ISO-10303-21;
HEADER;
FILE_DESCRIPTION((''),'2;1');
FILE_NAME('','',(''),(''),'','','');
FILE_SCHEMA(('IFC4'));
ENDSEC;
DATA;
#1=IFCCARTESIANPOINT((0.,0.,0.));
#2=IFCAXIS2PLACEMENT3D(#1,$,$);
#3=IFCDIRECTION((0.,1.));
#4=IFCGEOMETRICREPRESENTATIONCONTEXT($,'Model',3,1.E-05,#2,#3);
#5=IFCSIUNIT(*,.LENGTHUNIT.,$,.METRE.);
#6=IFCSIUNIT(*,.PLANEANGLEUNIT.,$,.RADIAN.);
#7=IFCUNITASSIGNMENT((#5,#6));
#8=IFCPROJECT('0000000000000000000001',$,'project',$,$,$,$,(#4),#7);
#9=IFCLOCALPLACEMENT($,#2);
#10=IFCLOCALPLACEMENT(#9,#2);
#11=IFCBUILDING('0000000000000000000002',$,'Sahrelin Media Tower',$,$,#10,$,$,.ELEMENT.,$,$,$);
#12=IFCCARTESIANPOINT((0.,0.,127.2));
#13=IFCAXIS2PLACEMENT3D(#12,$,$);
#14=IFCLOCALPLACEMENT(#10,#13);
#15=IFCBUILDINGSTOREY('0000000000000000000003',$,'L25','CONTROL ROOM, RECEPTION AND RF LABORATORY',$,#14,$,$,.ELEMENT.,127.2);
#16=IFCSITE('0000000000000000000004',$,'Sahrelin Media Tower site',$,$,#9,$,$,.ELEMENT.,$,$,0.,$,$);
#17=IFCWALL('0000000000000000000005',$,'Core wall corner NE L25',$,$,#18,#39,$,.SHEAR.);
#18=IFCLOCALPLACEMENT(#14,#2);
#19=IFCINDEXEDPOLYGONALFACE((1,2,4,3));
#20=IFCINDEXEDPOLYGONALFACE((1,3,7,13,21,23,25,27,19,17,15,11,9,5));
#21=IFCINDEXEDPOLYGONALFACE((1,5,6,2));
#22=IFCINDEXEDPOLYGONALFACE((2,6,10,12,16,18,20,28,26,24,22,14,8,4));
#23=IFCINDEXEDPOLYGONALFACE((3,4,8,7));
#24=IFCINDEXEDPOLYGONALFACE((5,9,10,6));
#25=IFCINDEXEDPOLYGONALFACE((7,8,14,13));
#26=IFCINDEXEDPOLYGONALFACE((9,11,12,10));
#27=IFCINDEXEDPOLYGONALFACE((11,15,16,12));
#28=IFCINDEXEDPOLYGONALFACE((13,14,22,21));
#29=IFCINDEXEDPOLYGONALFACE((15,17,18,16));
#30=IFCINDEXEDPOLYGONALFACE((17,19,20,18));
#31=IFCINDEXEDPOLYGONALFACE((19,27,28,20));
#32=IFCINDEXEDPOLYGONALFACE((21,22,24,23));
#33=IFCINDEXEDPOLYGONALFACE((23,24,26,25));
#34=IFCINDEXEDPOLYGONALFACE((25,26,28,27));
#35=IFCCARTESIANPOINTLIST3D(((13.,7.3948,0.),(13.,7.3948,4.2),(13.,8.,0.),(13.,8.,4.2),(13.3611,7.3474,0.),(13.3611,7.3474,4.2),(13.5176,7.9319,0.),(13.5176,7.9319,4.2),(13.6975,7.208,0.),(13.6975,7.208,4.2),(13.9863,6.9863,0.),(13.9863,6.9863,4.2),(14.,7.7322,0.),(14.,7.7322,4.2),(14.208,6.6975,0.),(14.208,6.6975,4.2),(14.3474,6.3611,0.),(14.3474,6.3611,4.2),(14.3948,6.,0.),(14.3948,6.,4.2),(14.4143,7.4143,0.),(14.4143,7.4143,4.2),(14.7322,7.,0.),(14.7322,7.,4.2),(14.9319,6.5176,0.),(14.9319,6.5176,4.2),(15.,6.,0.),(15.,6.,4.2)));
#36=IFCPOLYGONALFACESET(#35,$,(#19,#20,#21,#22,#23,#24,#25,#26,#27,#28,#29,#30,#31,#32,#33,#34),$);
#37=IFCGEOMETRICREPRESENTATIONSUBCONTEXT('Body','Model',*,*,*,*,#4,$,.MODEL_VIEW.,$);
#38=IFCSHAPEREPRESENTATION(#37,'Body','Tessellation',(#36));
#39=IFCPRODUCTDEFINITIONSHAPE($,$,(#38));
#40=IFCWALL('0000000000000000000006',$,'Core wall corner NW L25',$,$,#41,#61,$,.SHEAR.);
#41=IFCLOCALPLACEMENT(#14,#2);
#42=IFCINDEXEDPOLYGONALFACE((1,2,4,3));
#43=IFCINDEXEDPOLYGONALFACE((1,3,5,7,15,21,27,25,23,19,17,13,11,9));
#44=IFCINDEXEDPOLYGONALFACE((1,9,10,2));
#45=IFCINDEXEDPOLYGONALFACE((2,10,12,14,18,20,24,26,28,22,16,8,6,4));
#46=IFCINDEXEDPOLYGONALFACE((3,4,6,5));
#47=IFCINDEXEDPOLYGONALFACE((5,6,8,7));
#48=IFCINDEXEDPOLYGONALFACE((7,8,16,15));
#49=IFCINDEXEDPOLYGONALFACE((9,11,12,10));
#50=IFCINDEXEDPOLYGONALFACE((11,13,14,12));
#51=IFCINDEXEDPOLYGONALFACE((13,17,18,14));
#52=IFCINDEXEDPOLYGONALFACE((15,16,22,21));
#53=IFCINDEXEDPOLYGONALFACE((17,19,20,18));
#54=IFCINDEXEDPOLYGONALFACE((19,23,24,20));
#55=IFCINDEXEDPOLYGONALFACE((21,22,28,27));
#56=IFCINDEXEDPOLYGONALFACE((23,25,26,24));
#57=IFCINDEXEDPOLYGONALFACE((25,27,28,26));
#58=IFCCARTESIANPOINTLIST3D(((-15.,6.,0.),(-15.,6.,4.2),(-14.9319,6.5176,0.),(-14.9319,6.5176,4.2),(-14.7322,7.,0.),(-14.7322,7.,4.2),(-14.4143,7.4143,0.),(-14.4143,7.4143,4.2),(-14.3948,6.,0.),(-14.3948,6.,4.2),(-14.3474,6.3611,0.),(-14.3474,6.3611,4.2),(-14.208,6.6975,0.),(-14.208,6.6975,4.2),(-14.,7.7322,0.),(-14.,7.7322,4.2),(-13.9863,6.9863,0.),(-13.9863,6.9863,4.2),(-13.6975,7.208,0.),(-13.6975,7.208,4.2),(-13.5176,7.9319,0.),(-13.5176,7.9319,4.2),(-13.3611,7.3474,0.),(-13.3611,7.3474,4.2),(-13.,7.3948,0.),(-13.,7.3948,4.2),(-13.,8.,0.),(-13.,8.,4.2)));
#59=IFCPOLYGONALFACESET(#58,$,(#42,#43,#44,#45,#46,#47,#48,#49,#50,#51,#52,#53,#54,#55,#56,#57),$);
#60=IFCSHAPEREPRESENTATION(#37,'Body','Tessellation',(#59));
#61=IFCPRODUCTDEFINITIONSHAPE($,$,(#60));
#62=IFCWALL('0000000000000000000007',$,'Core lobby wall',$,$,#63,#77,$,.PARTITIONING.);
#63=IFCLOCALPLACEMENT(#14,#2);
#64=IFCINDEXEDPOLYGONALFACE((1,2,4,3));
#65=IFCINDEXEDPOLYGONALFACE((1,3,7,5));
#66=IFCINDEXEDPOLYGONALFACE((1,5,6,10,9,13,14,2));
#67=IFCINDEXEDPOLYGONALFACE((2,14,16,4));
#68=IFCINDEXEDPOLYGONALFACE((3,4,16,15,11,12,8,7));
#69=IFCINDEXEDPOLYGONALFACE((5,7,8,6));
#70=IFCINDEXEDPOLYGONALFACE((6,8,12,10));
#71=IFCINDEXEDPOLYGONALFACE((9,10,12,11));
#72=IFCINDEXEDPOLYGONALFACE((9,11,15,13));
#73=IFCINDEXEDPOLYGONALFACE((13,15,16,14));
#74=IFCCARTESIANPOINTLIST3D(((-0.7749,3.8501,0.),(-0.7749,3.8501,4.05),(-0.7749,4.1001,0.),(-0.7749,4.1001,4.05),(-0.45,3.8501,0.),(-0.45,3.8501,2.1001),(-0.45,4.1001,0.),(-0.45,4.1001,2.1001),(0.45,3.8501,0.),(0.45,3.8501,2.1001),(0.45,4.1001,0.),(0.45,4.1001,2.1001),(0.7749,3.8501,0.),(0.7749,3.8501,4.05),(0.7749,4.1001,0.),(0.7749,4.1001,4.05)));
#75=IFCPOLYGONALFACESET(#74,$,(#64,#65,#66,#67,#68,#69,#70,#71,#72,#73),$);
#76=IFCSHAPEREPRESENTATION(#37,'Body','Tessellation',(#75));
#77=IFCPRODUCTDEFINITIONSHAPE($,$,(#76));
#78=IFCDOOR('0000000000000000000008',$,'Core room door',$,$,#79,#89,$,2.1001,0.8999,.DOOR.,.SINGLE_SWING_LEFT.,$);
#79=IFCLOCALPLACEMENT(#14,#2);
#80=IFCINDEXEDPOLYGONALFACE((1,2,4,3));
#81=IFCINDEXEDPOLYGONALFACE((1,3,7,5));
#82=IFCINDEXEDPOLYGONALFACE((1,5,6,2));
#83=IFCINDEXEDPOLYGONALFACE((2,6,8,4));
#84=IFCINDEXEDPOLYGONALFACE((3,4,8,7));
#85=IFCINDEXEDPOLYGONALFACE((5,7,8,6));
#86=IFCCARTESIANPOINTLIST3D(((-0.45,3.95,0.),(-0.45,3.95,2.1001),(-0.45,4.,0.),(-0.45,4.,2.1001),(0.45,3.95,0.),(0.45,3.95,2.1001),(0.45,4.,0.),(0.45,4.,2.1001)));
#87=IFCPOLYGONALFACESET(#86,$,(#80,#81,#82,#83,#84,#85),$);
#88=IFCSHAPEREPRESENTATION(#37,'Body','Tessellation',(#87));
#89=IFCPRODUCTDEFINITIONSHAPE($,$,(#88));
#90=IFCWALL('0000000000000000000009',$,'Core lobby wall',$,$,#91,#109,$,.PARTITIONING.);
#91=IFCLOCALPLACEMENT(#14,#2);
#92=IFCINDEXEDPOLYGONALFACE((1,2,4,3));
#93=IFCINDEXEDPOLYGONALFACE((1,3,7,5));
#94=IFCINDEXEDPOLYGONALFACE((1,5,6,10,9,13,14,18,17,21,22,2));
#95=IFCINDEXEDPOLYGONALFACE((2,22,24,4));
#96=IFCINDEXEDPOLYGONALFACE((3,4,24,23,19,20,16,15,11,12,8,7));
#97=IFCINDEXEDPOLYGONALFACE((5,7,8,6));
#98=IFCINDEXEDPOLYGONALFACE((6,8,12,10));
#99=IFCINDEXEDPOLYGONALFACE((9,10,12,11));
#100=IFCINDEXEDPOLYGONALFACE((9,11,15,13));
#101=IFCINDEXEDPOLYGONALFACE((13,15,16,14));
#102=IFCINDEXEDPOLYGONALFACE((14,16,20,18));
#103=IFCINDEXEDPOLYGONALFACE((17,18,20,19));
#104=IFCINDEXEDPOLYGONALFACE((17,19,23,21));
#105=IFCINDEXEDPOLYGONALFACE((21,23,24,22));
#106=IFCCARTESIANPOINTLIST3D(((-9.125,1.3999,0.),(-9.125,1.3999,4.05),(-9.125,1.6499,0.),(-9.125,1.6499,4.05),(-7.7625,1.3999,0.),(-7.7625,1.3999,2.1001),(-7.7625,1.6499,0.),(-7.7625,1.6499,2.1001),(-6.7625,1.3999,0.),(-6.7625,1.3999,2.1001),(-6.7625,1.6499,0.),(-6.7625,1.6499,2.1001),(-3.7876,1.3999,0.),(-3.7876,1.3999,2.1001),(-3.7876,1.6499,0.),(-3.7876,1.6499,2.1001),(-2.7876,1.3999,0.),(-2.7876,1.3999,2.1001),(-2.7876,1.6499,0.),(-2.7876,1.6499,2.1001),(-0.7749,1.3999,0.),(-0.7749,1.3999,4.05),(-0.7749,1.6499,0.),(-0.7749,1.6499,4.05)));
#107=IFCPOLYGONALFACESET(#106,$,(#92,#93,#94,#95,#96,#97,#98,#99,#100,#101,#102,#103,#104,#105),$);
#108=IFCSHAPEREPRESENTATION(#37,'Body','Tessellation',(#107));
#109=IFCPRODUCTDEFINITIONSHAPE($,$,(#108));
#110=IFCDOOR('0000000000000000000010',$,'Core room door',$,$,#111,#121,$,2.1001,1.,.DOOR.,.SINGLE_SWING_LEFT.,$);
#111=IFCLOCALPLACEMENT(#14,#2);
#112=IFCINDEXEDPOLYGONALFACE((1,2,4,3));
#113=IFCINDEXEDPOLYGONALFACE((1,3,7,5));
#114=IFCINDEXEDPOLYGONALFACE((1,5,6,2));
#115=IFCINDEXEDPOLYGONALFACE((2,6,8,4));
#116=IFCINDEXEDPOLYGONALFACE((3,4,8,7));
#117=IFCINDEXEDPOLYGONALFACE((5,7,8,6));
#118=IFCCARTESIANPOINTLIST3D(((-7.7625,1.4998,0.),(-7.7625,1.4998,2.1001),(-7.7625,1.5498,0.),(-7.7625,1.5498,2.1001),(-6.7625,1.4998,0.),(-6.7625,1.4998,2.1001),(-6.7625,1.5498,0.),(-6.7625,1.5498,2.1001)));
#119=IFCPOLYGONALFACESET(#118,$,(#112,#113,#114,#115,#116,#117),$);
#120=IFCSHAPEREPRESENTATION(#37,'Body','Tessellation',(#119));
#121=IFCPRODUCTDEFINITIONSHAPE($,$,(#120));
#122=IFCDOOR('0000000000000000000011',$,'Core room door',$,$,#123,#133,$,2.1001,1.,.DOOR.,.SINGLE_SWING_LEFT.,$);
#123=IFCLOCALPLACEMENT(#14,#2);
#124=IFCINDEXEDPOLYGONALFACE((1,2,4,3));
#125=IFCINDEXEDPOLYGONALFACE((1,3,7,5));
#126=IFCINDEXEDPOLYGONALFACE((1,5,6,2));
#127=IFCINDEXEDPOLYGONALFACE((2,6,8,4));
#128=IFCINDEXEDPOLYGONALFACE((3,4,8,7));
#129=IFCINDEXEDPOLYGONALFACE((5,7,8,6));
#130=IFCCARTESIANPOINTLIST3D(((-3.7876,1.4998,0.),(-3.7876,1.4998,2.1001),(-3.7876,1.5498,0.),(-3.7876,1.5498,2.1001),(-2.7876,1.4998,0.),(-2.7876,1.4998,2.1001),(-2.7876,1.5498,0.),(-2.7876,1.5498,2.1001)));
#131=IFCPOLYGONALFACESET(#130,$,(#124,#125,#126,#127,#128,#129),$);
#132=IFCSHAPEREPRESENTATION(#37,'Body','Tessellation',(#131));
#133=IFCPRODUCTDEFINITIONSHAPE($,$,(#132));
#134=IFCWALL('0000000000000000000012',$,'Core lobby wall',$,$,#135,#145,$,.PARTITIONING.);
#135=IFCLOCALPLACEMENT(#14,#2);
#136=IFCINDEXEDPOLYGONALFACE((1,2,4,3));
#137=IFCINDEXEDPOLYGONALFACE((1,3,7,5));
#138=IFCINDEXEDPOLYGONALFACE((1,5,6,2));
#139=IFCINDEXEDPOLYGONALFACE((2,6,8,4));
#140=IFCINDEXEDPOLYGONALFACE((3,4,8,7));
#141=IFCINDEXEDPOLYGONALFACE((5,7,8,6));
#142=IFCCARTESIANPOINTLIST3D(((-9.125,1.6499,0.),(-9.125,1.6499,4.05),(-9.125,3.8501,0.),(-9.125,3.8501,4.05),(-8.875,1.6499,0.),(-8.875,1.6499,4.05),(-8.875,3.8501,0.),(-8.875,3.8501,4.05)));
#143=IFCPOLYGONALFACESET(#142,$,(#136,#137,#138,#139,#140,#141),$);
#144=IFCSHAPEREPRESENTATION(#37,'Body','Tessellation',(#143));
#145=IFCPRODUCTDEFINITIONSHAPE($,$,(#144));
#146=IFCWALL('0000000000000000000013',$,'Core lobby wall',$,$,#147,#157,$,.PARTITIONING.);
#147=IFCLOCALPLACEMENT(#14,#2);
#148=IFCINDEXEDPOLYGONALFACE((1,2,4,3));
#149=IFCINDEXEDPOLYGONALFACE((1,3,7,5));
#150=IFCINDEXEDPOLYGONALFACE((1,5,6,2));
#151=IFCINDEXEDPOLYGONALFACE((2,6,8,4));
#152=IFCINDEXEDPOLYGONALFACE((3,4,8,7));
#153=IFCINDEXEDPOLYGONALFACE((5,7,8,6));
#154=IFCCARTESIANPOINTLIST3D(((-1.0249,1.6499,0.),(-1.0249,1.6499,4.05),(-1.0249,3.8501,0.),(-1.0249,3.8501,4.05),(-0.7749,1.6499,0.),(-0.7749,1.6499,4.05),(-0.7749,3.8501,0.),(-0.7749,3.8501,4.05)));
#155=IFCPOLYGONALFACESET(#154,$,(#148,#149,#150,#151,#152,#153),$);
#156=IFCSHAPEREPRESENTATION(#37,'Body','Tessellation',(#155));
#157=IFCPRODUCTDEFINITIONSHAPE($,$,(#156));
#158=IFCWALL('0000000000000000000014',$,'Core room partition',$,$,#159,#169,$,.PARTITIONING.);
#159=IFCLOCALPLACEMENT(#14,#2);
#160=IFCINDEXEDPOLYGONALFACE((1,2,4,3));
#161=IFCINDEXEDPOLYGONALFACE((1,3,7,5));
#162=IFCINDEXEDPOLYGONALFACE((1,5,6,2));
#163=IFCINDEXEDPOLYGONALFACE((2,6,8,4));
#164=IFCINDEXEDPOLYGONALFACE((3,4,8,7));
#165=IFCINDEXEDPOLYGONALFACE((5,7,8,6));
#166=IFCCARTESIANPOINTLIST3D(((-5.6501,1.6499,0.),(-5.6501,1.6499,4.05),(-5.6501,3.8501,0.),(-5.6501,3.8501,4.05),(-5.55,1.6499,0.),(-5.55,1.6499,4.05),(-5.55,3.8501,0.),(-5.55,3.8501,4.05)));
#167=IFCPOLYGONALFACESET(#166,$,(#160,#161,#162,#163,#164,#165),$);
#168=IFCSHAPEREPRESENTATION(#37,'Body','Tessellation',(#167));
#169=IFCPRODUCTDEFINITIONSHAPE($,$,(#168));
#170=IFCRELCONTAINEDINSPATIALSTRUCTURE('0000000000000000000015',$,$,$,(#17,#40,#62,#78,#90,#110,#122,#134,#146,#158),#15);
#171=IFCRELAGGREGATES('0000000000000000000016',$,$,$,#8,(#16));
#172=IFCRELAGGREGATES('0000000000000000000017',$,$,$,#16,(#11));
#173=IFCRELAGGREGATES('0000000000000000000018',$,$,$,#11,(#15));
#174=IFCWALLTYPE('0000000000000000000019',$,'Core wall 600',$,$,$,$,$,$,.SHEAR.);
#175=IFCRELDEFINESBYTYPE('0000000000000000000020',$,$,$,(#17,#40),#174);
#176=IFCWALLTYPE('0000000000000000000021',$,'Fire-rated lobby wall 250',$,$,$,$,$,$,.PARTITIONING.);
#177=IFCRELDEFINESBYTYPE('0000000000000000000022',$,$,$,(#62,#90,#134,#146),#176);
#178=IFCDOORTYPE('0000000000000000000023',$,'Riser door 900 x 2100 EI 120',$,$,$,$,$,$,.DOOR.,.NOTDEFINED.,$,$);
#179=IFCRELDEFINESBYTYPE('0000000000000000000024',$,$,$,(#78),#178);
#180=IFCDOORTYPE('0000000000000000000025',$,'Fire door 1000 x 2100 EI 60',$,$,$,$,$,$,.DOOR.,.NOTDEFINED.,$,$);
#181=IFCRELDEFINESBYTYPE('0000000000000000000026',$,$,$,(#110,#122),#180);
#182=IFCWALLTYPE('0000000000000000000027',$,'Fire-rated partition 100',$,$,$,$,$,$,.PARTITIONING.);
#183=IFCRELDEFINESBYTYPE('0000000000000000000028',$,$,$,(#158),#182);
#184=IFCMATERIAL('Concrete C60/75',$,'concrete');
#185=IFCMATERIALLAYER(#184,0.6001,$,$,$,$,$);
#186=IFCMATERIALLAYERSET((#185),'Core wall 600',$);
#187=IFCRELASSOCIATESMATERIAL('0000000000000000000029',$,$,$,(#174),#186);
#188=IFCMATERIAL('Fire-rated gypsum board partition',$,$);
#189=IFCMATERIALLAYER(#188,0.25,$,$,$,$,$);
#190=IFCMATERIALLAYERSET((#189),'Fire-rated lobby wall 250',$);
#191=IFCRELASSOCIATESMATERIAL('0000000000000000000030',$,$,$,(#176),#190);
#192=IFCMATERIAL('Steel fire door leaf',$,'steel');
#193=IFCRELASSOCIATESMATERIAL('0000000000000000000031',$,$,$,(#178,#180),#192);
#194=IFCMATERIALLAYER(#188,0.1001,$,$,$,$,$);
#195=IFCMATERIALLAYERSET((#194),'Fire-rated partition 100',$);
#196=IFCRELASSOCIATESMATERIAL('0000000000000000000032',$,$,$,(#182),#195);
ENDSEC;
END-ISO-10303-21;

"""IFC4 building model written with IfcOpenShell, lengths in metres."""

from ifc_helpers import new_model, si_unit, direction, frame, frame_2d, origin, place, context, subcontext, project, spatial, polyline, rectangle, outline, extrude, material, layer, layer_set, type_object, element, fill, save


model = new_model("IFC4")

# Units and contexts
model_context = context("Model", 3, precision=1e-05, world=origin(), true_north=direction((0.0, 1.0)))
body_context = subcontext(model_context, "Body", "Model", "MODEL_VIEW")
ifc_project = project(units=[si_unit("LENGTHUNIT", "METRE"), si_unit("PLANEANGLEUNIT", "RADIAN")], contexts=[model_context])

# Site, building, storey
site_placement = place(None, origin())
site = spatial("IfcSite", under=ifc_project, at=site_placement, Name="Sahrelin Media Tower site", CompositionType="ELEMENT", RefElevation=0.0)
building_placement = place(site_placement, origin())
building = spatial("IfcBuilding", under=site, at=building_placement, Name="Sahrelin Media Tower", CompositionType="ELEMENT")
storey_placement = place(building_placement, frame((0.0, 0.0, 127.2)))
storey = spatial("IfcBuildingStorey", under=building, at=storey_placement, Name="L25", Description="CONTROL ROOM, RECEPTION AND RF LABORATORY", CompositionType="ELEMENT", Elevation=127.2)

# Walls
ifc_material_1 = material(Name="Concrete C60/75", Category="concrete")
ifc_layer_1 = layer(ifc_material_1, 0.6001)
ifc_layer_set_1 = layer_set([ifc_layer_1], Name="Core wall 600")
wall_type_1 = type_object("IfcWallType", Name="Core wall 600", PredefinedType="SHEAR", material=ifc_layer_set_1)
placement = place(storey_placement, origin())
element("IfcWall", 1, at=placement, inside=storey, type_object=wall_type_1, Name="Core wall corner NE L25", PredefinedType="SHEAR", context=body_context, shape_type="SweptSolid", body=[
    extrude(outline(polyline([(13.0, 8.0), (13.0, 7.3948), (13.3611, 7.3474), (13.6975, 7.208), (13.9863, 6.9863), (14.208, 6.6975), (14.3474, 6.3611), (14.3948, 6.0), (15.0, 6.0), (14.9319, 6.5176), (14.7322, 7.0), (14.4143, 7.4143), (14.0, 7.7322), (13.5176, 7.9319), (13.0, 8.0)])), origin(), (0.0, 0.0, 1.0), 4.2),
])
element("IfcWall", 2, at=placement, inside=storey, type_object=wall_type_1, Name="Core wall corner NW L25", PredefinedType="SHEAR", context=body_context, shape_type="SweptSolid", body=[
    extrude(outline(polyline([(-15.0, 6.0), (-14.3948, 6.0), (-14.3474, 6.3611), (-14.208, 6.6975), (-13.9863, 6.9863), (-13.6975, 7.208), (-13.3611, 7.3474), (-13.0, 7.3948), (-13.0, 8.0), (-13.5176, 7.9319), (-14.0, 7.7322), (-14.4143, 7.4143), (-14.7322, 7.0), (-14.9319, 6.5176), (-15.0, 6.0)])), origin(), (0.0, 0.0, 1.0), 4.2),
])

# Wall, opening, door
ifc_material_2 = material(Name="Fire-rated gypsum board partition")
ifc_layer_2 = layer(ifc_material_2, 0.25)
ifc_layer_set_2 = layer_set([ifc_layer_2], Name="Fire-rated lobby wall 250")
wall_type_2 = type_object("IfcWallType", Name="Fire-rated lobby wall 250", PredefinedType="PARTITIONING", material=ifc_layer_set_2)
wall_1_placement = place(storey_placement, frame((-0.7749, 3.9751, 0.0), z_axis=(0.0, 0.0, 1.0), x_axis=(1.0, 0.0, 0.0)))
wall_1 = element("IfcWall", 3, at=wall_1_placement, inside=storey, type_object=wall_type_2, Name="Core lobby wall", PredefinedType="PARTITIONING", context=body_context, shape_type="SweptSolid", body=[
    extrude(rectangle(XDim=1.5498, YDim=0.25, at=frame_2d((0.7749, 0.0))), origin(), (0.0, 0.0, 1.0), 4.05),
])
opening_1_placement = place(wall_1_placement, frame((0.325, 0.0, 0.0)))
opening_1 = element("IfcOpeningElement", 4, at=opening_1_placement, cuts=wall_1, PredefinedType="OPENING", context=body_context, shape_type="SweptSolid", body=[
    extrude(rectangle(XDim=0.8999, YDim=2.1001, at=frame_2d((0.45, 1.05))), frame((0.0, 0.125, 0.0), z_axis=(0.0, -1.0, 0.0), x_axis=(1.0, 0.0, 0.0)), (0.0, 0.0, 1.0), 0.25),
])
ifc_material_3 = material(Name="Steel fire door leaf", Category="steel")
door_type_1 = type_object("IfcDoorType", Name="Riser door 900 x 2100 EI 120", OperationType="NOTDEFINED", PredefinedType="DOOR", material=ifc_material_3)
door_1_placement = place(opening_1_placement, origin())
door_1 = element("IfcDoor", 5, at=door_1_placement, inside=storey, type_object=door_type_1, Name="Core room door", OperationType="SINGLE_SWING_LEFT", OverallHeight=2.1001, OverallWidth=0.8999, PredefinedType="DOOR", context=body_context, shape_type="SweptSolid", body=[
    extrude(rectangle(XDim=0.8999, YDim=2.1001, at=frame_2d((0.45, 1.05))), frame((0.0, 0.0249, 0.0), z_axis=(0.0, -1.0, 0.0), x_axis=(1.0, 0.0, 0.0)), (0.0, 0.0, 1.0), 0.05),
])
fill(opening_1, door_1)

# Wall, openings, doors
wall_2_placement = place(storey_placement, frame((-9.125, 1.5249, 0.0), z_axis=(0.0, 0.0, 1.0), x_axis=(1.0, 0.0, 0.0)))
wall_2 = element("IfcWall", 6, at=wall_2_placement, inside=storey, type_object=wall_type_2, Name="Core lobby wall", PredefinedType="PARTITIONING", context=body_context, shape_type="SweptSolid", body=[
    extrude(rectangle(XDim=8.3501, YDim=0.25, at=frame_2d((4.175, 0.0))), origin(), (0.0, 0.0, 1.0), 4.05),
])
opening_2_placement = place(wall_2_placement, frame((1.3625, 0.0, 0.0)))
opening_2 = element("IfcOpeningElement", 7, at=opening_2_placement, cuts=wall_2, PredefinedType="OPENING", context=body_context, shape_type="SweptSolid", body=[
    extrude(rectangle(XDim=1.0, YDim=2.1001, at=frame_2d((0.5, 1.05))), frame((0.0, 0.125, 0.0), z_axis=(0.0, -1.0, 0.0), x_axis=(1.0, 0.0, 0.0)), (0.0, 0.0, 1.0), 0.25),
])
opening_3_placement = place(wall_2_placement, frame((5.3374, 0.0, 0.0)))
opening_3 = element("IfcOpeningElement", 8, at=opening_3_placement, cuts=wall_2, PredefinedType="OPENING", context=body_context, shape_type="SweptSolid", body=[
    extrude(rectangle(XDim=1.0, YDim=2.1001, at=frame_2d((0.5, 1.05))), frame((0.0, 0.125, 0.0), z_axis=(0.0, -1.0, 0.0), x_axis=(1.0, 0.0, 0.0)), (0.0, 0.0, 1.0), 0.25),
])
door_type_2 = type_object("IfcDoorType", Name="Fire door 1000 x 2100 EI 60", OperationType="NOTDEFINED", PredefinedType="DOOR", material=ifc_material_3)
door_2_placement = place(opening_2_placement, origin())
door_2 = element("IfcDoor", 9, at=door_2_placement, inside=storey, type_object=door_type_2, Name="Core room door", OperationType="SINGLE_SWING_LEFT", OverallHeight=2.1001, OverallWidth=1.0, PredefinedType="DOOR", context=body_context, shape_type="SweptSolid", body=[
    extrude(rectangle(XDim=1.0, YDim=2.1001, at=frame_2d((0.5, 1.05))), frame((0.0, 0.0249, 0.0), z_axis=(0.0, -1.0, 0.0), x_axis=(1.0, 0.0, 0.0)), (0.0, 0.0, 1.0), 0.05),
])
fill(opening_2, door_2)
door_3_placement = place(opening_3_placement, origin())
door_3 = element("IfcDoor", 10, at=door_3_placement, inside=storey, type_object=door_type_2, Name="Core room door", OperationType="SINGLE_SWING_LEFT", OverallHeight=2.1001, OverallWidth=1.0, PredefinedType="DOOR", context=body_context, shape_type="SweptSolid", body=[
    extrude(rectangle(XDim=1.0, YDim=2.1001, at=frame_2d((0.5, 1.05))), frame((0.0, 0.0249, 0.0), z_axis=(0.0, -1.0, 0.0), x_axis=(1.0, 0.0, 0.0)), (0.0, 0.0, 1.0), 0.05),
])
fill(opening_3, door_3)

# Walls
for number, where, z_axis, x_axis, name in (
    (11, (-9.0, 1.6499, 0.0), (0.0, 0.0, 1.0), (0.0, 1.0, 0.0), "Core lobby wall"),
    (12, (-0.8999, 1.6499, 0.0), (0.0, 0.0, 1.0), (0.0, 1.0, 0.0), "Core lobby wall"),
):
    element("IfcWall", number, at=place(storey_placement, frame(where, z_axis=z_axis, x_axis=x_axis)), inside=storey, type_object=wall_type_2, Name=name, PredefinedType="PARTITIONING", context=body_context, shape_type="SweptSolid", body=[
        extrude(rectangle(XDim=2.2002, YDim=0.25, at=frame_2d((1.1001, 0.0))), origin(), (0.0, 0.0, 1.0), 4.05),
    ])
ifc_layer_3 = layer(ifc_material_2, 0.1001)
ifc_layer_set_3 = layer_set([ifc_layer_3], Name="Fire-rated partition 100")
wall_type_3 = type_object("IfcWallType", Name="Fire-rated partition 100", PredefinedType="PARTITIONING", material=ifc_layer_set_3)
wall_3_placement = place(storey_placement, frame((-5.6001, 1.6499, 0.0), z_axis=(0.0, 0.0, 1.0), x_axis=(0.0, 1.0, 0.0)))
element("IfcWall", 13, at=wall_3_placement, inside=storey, type_object=wall_type_3, Name="Core room partition", PredefinedType="PARTITIONING", context=body_context, shape_type="SweptSolid", body=[
    extrude(rectangle(XDim=2.2002, YDim=0.1001, at=frame_2d((1.1001, 0.0))), origin(), (0.0, 0.0, 1.0), 4.05),
])

save(model, "model.ifc")
